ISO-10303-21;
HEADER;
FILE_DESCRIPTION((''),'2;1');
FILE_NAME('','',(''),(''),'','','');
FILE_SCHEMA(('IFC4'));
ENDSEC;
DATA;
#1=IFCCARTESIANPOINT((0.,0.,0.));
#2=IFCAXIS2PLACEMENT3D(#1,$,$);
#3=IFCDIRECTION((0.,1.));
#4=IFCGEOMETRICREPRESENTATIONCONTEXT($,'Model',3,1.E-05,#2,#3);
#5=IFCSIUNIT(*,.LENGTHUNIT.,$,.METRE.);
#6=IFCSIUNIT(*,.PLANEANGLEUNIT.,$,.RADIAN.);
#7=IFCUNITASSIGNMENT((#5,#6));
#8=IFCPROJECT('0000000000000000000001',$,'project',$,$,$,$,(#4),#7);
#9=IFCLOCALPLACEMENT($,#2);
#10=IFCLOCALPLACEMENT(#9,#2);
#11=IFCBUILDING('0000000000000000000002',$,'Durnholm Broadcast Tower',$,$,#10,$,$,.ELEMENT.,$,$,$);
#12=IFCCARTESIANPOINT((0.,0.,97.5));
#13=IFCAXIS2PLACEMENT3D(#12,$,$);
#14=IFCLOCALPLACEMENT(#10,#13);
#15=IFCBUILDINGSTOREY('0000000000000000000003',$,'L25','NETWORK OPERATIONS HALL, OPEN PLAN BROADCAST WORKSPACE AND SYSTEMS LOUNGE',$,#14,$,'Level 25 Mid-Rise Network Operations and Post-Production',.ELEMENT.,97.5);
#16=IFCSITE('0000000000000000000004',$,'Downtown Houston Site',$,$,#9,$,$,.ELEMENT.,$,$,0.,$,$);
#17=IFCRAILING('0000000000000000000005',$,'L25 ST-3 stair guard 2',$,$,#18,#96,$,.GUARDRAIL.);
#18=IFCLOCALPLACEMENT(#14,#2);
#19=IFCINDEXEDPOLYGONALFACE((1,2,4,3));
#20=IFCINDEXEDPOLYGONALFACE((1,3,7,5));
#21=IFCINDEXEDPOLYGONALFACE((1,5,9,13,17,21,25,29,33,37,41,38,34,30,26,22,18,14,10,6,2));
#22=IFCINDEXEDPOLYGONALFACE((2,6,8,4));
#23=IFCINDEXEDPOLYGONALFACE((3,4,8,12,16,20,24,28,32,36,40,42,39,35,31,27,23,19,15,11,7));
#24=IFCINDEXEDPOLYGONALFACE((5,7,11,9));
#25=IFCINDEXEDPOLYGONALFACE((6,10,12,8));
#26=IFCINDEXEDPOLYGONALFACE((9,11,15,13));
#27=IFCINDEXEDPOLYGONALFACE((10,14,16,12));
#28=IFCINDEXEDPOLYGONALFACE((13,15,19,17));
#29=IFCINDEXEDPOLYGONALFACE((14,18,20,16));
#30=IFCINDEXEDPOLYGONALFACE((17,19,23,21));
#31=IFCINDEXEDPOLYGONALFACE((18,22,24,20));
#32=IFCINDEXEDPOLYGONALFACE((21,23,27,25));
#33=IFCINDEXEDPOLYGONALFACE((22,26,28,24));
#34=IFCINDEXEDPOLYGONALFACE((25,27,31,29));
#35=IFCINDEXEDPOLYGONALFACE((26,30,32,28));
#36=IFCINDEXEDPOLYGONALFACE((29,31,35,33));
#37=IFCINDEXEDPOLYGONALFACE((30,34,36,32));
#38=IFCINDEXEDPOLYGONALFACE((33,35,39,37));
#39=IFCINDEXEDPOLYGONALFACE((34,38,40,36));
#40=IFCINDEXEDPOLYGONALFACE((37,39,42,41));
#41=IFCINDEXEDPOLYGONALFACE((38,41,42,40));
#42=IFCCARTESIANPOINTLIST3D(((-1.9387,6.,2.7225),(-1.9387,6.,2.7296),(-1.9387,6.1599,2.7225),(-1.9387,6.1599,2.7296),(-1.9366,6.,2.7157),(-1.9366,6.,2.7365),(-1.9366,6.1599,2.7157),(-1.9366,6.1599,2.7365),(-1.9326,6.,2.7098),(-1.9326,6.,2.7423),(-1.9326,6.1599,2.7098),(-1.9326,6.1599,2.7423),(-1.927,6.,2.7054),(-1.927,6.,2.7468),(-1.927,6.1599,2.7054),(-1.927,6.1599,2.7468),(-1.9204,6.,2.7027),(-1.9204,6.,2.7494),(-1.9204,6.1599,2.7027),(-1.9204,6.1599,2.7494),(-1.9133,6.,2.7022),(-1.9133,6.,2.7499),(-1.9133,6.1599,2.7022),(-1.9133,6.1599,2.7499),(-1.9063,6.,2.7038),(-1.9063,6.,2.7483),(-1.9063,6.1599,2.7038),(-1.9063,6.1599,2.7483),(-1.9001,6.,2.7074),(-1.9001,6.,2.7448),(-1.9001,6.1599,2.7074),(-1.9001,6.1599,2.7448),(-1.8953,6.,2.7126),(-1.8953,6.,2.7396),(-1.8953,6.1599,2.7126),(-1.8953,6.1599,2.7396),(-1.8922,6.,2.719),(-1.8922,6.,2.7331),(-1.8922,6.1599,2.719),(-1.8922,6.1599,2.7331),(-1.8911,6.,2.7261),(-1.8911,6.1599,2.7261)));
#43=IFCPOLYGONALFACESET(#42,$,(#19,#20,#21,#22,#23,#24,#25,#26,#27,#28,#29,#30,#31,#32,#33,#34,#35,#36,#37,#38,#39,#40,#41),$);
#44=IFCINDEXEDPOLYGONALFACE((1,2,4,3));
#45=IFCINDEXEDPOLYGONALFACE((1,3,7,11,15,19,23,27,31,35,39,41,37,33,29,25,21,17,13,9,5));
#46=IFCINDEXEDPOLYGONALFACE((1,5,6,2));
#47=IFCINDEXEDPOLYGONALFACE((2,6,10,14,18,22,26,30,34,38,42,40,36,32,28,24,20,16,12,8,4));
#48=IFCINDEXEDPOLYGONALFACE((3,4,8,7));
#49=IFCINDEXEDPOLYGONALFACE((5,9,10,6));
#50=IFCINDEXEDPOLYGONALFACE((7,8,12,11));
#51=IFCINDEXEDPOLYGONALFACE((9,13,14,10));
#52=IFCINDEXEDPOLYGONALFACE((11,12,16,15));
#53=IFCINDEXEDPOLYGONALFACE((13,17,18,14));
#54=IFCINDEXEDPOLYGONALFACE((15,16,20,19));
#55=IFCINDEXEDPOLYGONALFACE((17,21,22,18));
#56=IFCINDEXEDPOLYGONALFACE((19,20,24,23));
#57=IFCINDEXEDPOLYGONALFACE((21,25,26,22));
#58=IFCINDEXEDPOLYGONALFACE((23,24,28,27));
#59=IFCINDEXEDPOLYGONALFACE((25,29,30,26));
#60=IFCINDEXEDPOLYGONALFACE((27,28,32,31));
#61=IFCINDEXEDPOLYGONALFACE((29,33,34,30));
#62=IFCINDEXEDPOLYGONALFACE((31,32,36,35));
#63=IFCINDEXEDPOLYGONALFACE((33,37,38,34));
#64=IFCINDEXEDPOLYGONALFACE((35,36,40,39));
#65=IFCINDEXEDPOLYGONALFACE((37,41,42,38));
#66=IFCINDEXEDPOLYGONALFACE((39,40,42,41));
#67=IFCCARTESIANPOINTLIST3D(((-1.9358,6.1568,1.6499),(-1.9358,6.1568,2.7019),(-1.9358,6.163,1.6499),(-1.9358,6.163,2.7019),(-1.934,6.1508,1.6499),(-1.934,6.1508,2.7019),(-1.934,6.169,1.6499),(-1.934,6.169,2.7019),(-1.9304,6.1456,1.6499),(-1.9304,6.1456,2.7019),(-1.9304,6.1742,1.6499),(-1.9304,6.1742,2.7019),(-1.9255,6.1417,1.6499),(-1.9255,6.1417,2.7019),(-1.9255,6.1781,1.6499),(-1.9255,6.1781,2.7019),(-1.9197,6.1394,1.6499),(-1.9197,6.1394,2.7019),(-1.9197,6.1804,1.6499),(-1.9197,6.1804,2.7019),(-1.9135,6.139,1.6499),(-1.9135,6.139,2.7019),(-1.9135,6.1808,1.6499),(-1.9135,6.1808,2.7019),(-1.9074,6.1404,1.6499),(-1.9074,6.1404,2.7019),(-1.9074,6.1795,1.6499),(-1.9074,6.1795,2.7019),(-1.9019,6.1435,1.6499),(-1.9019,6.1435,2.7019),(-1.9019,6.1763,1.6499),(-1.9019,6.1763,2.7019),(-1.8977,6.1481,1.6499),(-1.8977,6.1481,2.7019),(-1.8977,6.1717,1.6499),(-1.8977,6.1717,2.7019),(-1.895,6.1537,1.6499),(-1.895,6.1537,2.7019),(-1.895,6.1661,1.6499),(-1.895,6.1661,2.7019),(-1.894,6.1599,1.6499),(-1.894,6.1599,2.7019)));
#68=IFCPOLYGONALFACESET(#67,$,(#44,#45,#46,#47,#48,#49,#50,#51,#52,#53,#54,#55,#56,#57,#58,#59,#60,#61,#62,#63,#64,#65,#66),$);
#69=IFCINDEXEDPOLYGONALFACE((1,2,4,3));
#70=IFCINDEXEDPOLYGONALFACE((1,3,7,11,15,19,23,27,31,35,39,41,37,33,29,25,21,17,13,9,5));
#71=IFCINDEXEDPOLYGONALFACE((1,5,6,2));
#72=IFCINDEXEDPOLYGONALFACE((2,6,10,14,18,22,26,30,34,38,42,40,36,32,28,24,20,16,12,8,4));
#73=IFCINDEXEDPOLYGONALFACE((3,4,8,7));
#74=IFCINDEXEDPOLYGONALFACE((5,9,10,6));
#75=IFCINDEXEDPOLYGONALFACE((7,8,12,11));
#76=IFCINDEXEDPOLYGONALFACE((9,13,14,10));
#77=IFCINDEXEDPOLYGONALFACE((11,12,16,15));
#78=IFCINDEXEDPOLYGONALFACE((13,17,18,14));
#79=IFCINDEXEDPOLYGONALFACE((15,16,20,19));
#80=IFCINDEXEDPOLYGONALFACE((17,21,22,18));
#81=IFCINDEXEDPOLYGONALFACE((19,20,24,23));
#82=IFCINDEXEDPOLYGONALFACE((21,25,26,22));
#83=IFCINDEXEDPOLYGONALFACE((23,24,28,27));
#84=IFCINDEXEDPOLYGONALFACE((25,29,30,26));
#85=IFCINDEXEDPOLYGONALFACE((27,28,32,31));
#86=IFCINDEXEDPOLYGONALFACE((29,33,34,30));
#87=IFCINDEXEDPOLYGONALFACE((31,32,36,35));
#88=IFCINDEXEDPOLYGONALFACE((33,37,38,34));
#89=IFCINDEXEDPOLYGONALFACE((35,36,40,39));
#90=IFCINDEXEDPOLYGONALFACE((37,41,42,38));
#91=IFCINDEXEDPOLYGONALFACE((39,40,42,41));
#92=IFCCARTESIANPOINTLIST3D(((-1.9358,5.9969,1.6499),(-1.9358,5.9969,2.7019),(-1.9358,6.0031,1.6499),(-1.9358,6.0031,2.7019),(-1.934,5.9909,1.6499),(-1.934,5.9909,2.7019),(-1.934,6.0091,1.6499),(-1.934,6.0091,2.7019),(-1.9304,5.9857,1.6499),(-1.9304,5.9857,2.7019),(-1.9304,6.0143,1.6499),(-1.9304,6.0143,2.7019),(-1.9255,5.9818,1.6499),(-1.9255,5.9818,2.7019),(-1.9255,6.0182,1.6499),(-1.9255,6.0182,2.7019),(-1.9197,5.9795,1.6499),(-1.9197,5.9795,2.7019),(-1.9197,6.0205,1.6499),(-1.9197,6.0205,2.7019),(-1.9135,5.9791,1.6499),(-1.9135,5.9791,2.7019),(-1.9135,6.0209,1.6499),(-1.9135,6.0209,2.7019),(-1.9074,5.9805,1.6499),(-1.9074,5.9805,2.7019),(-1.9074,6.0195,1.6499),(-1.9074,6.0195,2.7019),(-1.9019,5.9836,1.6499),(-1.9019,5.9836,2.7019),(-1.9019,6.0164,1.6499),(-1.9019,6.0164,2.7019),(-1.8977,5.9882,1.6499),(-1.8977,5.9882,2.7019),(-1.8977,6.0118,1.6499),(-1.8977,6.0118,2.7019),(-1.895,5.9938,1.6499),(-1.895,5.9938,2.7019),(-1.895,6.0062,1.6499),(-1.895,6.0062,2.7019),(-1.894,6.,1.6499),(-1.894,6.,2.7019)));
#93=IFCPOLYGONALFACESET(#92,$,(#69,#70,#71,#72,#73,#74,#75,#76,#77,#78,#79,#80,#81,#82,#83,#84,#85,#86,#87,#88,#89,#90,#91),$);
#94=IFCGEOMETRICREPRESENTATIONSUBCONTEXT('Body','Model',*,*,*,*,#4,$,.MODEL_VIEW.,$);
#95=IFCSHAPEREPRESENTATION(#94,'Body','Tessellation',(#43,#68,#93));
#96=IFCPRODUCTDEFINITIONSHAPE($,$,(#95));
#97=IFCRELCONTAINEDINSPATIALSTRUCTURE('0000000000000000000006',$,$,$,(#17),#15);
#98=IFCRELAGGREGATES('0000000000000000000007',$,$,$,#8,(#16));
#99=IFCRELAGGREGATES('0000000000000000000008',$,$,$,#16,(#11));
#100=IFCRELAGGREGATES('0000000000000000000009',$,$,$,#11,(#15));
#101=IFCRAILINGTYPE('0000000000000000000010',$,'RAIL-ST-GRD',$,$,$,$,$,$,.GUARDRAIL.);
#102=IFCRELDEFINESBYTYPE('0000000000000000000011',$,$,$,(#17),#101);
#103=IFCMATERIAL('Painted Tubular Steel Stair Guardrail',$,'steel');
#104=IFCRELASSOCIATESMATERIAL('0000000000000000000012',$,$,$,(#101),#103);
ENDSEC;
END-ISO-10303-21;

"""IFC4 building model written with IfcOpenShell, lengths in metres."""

from ifc_helpers import new_model, si_unit, direction, frame, origin, origin_2d, place, context, subcontext, project, spatial, circle, extrude, material, type_object, element, save


model = new_model("IFC4")

# Units and contexts
model_context = context("Model", 3, precision=1e-05, world=origin(), true_north=direction((0.0, 1.0)))
body_context = subcontext(model_context, "Body", "Model", "MODEL_VIEW")
ifc_project = project(units=[si_unit("LENGTHUNIT", "METRE"), si_unit("PLANEANGLEUNIT", "RADIAN")], contexts=[model_context])

# Site, building, storey
site_placement = place(None, origin())
site = spatial("IfcSite", under=ifc_project, at=site_placement, Name="Downtown Houston Site", CompositionType="ELEMENT", RefElevation=0.0)
building_placement = place(site_placement, origin())
building = spatial("IfcBuilding", under=site, at=building_placement, Name="Durnholm Broadcast Tower", CompositionType="ELEMENT")
storey_placement = place(building_placement, frame((0.0, 0.0, 97.5)))
storey = spatial("IfcBuildingStorey", under=building, at=storey_placement, Name="L25", Description="NETWORK OPERATIONS HALL, OPEN PLAN BROADCAST WORKSPACE AND SYSTEMS LOUNGE", LongName="Level 25 Mid-Rise Network Operations and Post-Production", CompositionType="ELEMENT", Elevation=97.5)

# Railing
ifc_material_1 = material(Name="Painted Tubular Steel Stair Guardrail", Category="steel")
railing_type_1 = type_object("IfcRailingType", Name="RAIL-ST-GRD", PredefinedType="GUARDRAIL", material=ifc_material_1)
railing_1_placement = place(storey_placement, frame((-1.915, 6.1599, 1.6499)))
element("IfcRailing", 1, at=railing_1_placement, inside=storey, type_object=railing_type_1, Name="L25 ST-3 stair guard 2", PredefinedType="GUARDRAIL", context=body_context, shape_type="SweptSolid", body=[
    extrude(circle(Radius=0.0239, at=origin_2d()), frame((0.0, 0.0, 1.0762), z_axis=(0.0, -1.0, 0.0), x_axis=(1.0, 0.0, 0.0)), (0.0, 0.0, 1.0), 0.1599),
    extrude(circle(Radius=0.021, at=origin_2d()), origin(), (0.0, 0.0, 1.0), 1.052),
    extrude(circle(Radius=0.021, at=origin_2d()), frame((0.0, -0.1599, 0.0)), (0.0, 0.0, 1.0), 1.052),
])

save(model, "model.ifc")
